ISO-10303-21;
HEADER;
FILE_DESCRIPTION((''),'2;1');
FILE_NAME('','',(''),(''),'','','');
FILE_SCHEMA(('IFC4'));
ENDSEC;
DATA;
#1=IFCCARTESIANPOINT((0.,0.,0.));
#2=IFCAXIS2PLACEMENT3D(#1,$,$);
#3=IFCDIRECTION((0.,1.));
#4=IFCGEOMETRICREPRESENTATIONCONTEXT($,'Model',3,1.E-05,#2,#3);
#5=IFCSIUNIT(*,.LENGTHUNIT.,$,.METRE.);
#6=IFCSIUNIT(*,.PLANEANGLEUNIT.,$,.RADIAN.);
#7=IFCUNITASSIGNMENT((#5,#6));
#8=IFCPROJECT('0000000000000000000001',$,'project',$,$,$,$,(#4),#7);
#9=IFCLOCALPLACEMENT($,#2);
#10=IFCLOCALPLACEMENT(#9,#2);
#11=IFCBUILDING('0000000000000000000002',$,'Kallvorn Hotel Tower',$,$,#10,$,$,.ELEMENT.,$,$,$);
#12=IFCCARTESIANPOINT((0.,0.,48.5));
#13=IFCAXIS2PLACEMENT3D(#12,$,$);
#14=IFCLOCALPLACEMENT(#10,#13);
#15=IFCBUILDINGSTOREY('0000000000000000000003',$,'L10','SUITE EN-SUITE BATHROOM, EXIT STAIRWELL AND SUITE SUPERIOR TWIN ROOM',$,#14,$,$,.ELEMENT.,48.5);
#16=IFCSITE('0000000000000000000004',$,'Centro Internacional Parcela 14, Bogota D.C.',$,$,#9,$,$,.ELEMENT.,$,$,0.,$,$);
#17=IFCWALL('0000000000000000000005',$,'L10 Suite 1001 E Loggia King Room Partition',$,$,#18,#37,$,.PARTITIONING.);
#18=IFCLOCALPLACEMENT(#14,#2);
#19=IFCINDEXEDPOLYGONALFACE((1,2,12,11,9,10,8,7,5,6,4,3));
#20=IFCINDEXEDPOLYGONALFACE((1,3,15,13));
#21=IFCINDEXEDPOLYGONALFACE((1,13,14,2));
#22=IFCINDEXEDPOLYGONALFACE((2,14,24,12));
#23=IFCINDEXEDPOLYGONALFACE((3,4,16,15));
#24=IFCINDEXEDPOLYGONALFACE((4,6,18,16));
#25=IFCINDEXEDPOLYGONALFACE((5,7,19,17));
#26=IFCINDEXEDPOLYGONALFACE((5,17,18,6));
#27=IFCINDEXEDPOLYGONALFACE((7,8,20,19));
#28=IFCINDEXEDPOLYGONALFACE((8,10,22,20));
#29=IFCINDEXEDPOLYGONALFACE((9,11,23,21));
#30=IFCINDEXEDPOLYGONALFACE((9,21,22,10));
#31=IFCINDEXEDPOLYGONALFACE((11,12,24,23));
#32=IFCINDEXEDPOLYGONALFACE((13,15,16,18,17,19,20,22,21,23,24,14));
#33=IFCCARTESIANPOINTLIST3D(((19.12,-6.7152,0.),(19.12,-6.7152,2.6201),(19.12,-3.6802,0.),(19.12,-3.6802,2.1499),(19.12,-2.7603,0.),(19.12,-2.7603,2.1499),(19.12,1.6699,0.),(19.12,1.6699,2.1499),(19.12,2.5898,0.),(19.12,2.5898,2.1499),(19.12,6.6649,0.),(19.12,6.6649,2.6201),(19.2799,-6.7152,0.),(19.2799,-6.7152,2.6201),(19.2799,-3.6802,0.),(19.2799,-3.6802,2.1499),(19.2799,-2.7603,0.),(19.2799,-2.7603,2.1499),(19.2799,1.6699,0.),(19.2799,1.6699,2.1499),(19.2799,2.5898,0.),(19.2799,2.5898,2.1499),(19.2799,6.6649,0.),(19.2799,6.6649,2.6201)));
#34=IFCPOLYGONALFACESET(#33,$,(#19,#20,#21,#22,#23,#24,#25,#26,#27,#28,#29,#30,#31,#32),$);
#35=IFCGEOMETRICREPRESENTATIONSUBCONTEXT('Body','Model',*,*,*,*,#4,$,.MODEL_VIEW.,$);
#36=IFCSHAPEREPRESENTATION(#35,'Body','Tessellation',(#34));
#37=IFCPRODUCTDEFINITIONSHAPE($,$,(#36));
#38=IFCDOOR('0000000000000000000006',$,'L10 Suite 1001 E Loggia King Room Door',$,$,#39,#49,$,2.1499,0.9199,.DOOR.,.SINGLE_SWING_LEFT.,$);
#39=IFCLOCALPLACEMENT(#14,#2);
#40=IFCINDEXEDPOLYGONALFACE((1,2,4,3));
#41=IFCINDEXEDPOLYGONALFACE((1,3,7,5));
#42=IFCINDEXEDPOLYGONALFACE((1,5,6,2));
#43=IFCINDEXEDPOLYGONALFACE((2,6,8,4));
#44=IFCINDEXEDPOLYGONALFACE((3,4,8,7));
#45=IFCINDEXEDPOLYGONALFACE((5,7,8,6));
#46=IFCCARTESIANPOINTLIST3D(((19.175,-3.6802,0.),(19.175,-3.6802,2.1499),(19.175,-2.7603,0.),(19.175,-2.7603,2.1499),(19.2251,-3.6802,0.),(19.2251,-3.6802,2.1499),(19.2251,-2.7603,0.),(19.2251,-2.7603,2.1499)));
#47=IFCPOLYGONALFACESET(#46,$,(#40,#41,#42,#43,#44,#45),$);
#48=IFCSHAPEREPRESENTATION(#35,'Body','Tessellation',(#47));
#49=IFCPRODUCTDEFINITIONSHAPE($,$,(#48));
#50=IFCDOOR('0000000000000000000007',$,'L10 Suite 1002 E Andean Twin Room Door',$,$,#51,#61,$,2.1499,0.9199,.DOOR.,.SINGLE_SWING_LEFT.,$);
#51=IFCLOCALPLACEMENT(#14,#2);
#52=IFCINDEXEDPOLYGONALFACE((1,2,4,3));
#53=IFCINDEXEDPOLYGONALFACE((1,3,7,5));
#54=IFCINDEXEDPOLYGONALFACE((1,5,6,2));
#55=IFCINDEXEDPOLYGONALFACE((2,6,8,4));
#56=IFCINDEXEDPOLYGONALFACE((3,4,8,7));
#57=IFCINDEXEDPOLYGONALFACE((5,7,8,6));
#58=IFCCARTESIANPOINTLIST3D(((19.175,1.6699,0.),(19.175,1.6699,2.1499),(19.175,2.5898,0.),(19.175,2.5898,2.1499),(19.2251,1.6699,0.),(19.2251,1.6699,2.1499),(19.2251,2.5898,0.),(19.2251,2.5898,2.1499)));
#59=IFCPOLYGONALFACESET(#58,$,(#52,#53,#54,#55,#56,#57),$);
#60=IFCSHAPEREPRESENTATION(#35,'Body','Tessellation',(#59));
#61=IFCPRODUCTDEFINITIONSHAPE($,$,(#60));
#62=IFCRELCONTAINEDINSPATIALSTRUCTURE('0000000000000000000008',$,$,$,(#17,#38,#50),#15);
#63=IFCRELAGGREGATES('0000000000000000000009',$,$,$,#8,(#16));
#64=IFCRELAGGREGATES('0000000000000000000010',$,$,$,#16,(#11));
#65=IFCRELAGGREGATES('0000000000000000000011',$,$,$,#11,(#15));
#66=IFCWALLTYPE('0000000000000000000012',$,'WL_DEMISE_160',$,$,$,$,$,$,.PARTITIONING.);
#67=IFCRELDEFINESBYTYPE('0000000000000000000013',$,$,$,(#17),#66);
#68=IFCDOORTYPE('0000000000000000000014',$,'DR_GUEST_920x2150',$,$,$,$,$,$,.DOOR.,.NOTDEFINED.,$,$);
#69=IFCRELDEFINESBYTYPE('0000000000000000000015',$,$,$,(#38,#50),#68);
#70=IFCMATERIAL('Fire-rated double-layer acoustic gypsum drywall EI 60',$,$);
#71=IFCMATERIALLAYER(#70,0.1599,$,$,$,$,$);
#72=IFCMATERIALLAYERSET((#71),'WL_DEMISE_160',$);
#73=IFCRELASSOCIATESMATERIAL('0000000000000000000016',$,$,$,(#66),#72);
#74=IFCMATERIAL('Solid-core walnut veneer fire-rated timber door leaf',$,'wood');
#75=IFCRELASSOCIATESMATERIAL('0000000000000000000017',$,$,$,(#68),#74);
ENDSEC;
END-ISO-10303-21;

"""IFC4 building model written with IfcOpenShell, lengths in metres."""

from ifc_helpers import new_model, si_unit, direction, frame, frame_2d, origin, place, context, subcontext, project, spatial, rectangle, extrude, material, layer, layer_set, type_object, element, fill, save


model = new_model("IFC4")

# Units and contexts
model_context = context("Model", 3, precision=1e-05, world=origin(), true_north=direction((0.0, 1.0)))
body_context = subcontext(model_context, "Body", "Model", "MODEL_VIEW")
ifc_project = project(units=[si_unit("LENGTHUNIT", "METRE"), si_unit("PLANEANGLEUNIT", "RADIAN")], contexts=[model_context])

# Site, building, storey
site_placement = place(None, origin())
site = spatial("IfcSite", under=ifc_project, at=site_placement, Name="Centro Internacional Parcela 14, Bogota D.C.", CompositionType="ELEMENT", RefElevation=0.0)
building_placement = place(site_placement, origin())
building = spatial("IfcBuilding", under=site, at=building_placement, Name="Kallvorn Hotel Tower", CompositionType="ELEMENT")
storey_placement = place(building_placement, frame((0.0, 0.0, 48.5)))
storey = spatial("IfcBuildingStorey", under=building, at=storey_placement, Name="L10", Description="SUITE EN-SUITE BATHROOM, EXIT STAIRWELL AND SUITE SUPERIOR TWIN ROOM", CompositionType="ELEMENT", Elevation=48.5)

# Shared definitions
ifc_material_1 = material(Name="Fire-rated double-layer acoustic gypsum drywall EI 60")
ifc_layer_1 = layer(ifc_material_1, 0.1599)
ifc_layer_set_1 = layer_set([ifc_layer_1], Name="WL_DEMISE_160")
wall_type_1 = type_object("IfcWallType", Name="WL_DEMISE_160", PredefinedType="PARTITIONING", material=ifc_layer_set_1)

# Wall, openings, doors
wall_1_placement = place(storey_placement, frame((19.2, -6.7151, 0.0), z_axis=(0.0, 0.0, 1.0), x_axis=(0.0, 1.0, 0.0)))
wall_1 = element("IfcWall", 1, at=wall_1_placement, inside=storey, type_object=wall_type_1, Name="L10 Suite 1001 E Loggia King Room Partition", PredefinedType="PARTITIONING", context=body_context, shape_type="SweptSolid", body=[
    extrude(rectangle(XDim=13.3801, YDim=0.1599, at=frame_2d((6.6899, 0.0))), origin(), (0.0, 0.0, 1.0), 2.6201),
])
opening_1_placement = place(wall_1_placement, frame((3.0349, 0.0, 0.0)))
opening_1 = element("IfcOpeningElement", 2, at=opening_1_placement, cuts=wall_1, PredefinedType="OPENING", context=body_context, shape_type="SweptSolid", body=[
    extrude(rectangle(XDim=0.9199, YDim=2.1499, at=frame_2d((0.46, 1.075))), frame((0.0, 0.095, 0.0), z_axis=(0.0, -1.0, 0.0), x_axis=(1.0, 0.0, 0.0)), (0.0, 0.0, 1.0), 0.1899),
])
opening_2_placement = place(wall_1_placement, frame((8.385, 0.0, 0.0)))
opening_2 = element("IfcOpeningElement", 3, at=opening_2_placement, cuts=wall_1, PredefinedType="OPENING", context=body_context, shape_type="SweptSolid", body=[
    extrude(rectangle(XDim=0.9199, YDim=2.1499, at=frame_2d((0.46, 1.075))), frame((0.0, 0.095, 0.0), z_axis=(0.0, -1.0, 0.0), x_axis=(1.0, 0.0, 0.0)), (0.0, 0.0, 1.0), 0.1899),
])
ifc_material_2 = material(Name="Solid-core walnut veneer fire-rated timber door leaf", Category="wood")
door_type_1 = type_object("IfcDoorType", Name="DR_GUEST_920x2150", OperationType="NOTDEFINED", PredefinedType="DOOR", material=ifc_material_2)
door_1_placement = place(opening_1_placement, origin())
door_1 = element("IfcDoor", 4, at=door_1_placement, inside=storey, type_object=door_type_1, Name="L10 Suite 1001 E Loggia King Room Door", OperationType="SINGLE_SWING_LEFT", OverallHeight=2.1499, OverallWidth=0.9199, PredefinedType="DOOR", context=body_context, shape_type="SweptSolid", body=[
    extrude(rectangle(XDim=0.9199, YDim=2.1499, at=frame_2d((0.46, 1.075))), frame((0.0, 0.0249, 0.0), z_axis=(0.0, -1.0, 0.0), x_axis=(1.0, 0.0, 0.0)), (0.0, 0.0, 1.0), 0.05),
])
fill(opening_1, door_1)
door_2_placement = place(opening_2_placement, origin())
door_2 = element("IfcDoor", 5, at=door_2_placement, inside=storey, type_object=door_type_1, Name="L10 Suite 1002 E Andean Twin Room Door", OperationType="SINGLE_SWING_LEFT", OverallHeight=2.1499, OverallWidth=0.9199, PredefinedType="DOOR", context=body_context, shape_type="SweptSolid", body=[
    extrude(rectangle(XDim=0.9199, YDim=2.1499, at=frame_2d((0.46, 1.075))), frame((0.0, 0.0249, 0.0), z_axis=(0.0, -1.0, 0.0), x_axis=(1.0, 0.0, 0.0)), (0.0, 0.0, 1.0), 0.05),
])
fill(opening_2, door_2)

save(model, "model.ifc")
